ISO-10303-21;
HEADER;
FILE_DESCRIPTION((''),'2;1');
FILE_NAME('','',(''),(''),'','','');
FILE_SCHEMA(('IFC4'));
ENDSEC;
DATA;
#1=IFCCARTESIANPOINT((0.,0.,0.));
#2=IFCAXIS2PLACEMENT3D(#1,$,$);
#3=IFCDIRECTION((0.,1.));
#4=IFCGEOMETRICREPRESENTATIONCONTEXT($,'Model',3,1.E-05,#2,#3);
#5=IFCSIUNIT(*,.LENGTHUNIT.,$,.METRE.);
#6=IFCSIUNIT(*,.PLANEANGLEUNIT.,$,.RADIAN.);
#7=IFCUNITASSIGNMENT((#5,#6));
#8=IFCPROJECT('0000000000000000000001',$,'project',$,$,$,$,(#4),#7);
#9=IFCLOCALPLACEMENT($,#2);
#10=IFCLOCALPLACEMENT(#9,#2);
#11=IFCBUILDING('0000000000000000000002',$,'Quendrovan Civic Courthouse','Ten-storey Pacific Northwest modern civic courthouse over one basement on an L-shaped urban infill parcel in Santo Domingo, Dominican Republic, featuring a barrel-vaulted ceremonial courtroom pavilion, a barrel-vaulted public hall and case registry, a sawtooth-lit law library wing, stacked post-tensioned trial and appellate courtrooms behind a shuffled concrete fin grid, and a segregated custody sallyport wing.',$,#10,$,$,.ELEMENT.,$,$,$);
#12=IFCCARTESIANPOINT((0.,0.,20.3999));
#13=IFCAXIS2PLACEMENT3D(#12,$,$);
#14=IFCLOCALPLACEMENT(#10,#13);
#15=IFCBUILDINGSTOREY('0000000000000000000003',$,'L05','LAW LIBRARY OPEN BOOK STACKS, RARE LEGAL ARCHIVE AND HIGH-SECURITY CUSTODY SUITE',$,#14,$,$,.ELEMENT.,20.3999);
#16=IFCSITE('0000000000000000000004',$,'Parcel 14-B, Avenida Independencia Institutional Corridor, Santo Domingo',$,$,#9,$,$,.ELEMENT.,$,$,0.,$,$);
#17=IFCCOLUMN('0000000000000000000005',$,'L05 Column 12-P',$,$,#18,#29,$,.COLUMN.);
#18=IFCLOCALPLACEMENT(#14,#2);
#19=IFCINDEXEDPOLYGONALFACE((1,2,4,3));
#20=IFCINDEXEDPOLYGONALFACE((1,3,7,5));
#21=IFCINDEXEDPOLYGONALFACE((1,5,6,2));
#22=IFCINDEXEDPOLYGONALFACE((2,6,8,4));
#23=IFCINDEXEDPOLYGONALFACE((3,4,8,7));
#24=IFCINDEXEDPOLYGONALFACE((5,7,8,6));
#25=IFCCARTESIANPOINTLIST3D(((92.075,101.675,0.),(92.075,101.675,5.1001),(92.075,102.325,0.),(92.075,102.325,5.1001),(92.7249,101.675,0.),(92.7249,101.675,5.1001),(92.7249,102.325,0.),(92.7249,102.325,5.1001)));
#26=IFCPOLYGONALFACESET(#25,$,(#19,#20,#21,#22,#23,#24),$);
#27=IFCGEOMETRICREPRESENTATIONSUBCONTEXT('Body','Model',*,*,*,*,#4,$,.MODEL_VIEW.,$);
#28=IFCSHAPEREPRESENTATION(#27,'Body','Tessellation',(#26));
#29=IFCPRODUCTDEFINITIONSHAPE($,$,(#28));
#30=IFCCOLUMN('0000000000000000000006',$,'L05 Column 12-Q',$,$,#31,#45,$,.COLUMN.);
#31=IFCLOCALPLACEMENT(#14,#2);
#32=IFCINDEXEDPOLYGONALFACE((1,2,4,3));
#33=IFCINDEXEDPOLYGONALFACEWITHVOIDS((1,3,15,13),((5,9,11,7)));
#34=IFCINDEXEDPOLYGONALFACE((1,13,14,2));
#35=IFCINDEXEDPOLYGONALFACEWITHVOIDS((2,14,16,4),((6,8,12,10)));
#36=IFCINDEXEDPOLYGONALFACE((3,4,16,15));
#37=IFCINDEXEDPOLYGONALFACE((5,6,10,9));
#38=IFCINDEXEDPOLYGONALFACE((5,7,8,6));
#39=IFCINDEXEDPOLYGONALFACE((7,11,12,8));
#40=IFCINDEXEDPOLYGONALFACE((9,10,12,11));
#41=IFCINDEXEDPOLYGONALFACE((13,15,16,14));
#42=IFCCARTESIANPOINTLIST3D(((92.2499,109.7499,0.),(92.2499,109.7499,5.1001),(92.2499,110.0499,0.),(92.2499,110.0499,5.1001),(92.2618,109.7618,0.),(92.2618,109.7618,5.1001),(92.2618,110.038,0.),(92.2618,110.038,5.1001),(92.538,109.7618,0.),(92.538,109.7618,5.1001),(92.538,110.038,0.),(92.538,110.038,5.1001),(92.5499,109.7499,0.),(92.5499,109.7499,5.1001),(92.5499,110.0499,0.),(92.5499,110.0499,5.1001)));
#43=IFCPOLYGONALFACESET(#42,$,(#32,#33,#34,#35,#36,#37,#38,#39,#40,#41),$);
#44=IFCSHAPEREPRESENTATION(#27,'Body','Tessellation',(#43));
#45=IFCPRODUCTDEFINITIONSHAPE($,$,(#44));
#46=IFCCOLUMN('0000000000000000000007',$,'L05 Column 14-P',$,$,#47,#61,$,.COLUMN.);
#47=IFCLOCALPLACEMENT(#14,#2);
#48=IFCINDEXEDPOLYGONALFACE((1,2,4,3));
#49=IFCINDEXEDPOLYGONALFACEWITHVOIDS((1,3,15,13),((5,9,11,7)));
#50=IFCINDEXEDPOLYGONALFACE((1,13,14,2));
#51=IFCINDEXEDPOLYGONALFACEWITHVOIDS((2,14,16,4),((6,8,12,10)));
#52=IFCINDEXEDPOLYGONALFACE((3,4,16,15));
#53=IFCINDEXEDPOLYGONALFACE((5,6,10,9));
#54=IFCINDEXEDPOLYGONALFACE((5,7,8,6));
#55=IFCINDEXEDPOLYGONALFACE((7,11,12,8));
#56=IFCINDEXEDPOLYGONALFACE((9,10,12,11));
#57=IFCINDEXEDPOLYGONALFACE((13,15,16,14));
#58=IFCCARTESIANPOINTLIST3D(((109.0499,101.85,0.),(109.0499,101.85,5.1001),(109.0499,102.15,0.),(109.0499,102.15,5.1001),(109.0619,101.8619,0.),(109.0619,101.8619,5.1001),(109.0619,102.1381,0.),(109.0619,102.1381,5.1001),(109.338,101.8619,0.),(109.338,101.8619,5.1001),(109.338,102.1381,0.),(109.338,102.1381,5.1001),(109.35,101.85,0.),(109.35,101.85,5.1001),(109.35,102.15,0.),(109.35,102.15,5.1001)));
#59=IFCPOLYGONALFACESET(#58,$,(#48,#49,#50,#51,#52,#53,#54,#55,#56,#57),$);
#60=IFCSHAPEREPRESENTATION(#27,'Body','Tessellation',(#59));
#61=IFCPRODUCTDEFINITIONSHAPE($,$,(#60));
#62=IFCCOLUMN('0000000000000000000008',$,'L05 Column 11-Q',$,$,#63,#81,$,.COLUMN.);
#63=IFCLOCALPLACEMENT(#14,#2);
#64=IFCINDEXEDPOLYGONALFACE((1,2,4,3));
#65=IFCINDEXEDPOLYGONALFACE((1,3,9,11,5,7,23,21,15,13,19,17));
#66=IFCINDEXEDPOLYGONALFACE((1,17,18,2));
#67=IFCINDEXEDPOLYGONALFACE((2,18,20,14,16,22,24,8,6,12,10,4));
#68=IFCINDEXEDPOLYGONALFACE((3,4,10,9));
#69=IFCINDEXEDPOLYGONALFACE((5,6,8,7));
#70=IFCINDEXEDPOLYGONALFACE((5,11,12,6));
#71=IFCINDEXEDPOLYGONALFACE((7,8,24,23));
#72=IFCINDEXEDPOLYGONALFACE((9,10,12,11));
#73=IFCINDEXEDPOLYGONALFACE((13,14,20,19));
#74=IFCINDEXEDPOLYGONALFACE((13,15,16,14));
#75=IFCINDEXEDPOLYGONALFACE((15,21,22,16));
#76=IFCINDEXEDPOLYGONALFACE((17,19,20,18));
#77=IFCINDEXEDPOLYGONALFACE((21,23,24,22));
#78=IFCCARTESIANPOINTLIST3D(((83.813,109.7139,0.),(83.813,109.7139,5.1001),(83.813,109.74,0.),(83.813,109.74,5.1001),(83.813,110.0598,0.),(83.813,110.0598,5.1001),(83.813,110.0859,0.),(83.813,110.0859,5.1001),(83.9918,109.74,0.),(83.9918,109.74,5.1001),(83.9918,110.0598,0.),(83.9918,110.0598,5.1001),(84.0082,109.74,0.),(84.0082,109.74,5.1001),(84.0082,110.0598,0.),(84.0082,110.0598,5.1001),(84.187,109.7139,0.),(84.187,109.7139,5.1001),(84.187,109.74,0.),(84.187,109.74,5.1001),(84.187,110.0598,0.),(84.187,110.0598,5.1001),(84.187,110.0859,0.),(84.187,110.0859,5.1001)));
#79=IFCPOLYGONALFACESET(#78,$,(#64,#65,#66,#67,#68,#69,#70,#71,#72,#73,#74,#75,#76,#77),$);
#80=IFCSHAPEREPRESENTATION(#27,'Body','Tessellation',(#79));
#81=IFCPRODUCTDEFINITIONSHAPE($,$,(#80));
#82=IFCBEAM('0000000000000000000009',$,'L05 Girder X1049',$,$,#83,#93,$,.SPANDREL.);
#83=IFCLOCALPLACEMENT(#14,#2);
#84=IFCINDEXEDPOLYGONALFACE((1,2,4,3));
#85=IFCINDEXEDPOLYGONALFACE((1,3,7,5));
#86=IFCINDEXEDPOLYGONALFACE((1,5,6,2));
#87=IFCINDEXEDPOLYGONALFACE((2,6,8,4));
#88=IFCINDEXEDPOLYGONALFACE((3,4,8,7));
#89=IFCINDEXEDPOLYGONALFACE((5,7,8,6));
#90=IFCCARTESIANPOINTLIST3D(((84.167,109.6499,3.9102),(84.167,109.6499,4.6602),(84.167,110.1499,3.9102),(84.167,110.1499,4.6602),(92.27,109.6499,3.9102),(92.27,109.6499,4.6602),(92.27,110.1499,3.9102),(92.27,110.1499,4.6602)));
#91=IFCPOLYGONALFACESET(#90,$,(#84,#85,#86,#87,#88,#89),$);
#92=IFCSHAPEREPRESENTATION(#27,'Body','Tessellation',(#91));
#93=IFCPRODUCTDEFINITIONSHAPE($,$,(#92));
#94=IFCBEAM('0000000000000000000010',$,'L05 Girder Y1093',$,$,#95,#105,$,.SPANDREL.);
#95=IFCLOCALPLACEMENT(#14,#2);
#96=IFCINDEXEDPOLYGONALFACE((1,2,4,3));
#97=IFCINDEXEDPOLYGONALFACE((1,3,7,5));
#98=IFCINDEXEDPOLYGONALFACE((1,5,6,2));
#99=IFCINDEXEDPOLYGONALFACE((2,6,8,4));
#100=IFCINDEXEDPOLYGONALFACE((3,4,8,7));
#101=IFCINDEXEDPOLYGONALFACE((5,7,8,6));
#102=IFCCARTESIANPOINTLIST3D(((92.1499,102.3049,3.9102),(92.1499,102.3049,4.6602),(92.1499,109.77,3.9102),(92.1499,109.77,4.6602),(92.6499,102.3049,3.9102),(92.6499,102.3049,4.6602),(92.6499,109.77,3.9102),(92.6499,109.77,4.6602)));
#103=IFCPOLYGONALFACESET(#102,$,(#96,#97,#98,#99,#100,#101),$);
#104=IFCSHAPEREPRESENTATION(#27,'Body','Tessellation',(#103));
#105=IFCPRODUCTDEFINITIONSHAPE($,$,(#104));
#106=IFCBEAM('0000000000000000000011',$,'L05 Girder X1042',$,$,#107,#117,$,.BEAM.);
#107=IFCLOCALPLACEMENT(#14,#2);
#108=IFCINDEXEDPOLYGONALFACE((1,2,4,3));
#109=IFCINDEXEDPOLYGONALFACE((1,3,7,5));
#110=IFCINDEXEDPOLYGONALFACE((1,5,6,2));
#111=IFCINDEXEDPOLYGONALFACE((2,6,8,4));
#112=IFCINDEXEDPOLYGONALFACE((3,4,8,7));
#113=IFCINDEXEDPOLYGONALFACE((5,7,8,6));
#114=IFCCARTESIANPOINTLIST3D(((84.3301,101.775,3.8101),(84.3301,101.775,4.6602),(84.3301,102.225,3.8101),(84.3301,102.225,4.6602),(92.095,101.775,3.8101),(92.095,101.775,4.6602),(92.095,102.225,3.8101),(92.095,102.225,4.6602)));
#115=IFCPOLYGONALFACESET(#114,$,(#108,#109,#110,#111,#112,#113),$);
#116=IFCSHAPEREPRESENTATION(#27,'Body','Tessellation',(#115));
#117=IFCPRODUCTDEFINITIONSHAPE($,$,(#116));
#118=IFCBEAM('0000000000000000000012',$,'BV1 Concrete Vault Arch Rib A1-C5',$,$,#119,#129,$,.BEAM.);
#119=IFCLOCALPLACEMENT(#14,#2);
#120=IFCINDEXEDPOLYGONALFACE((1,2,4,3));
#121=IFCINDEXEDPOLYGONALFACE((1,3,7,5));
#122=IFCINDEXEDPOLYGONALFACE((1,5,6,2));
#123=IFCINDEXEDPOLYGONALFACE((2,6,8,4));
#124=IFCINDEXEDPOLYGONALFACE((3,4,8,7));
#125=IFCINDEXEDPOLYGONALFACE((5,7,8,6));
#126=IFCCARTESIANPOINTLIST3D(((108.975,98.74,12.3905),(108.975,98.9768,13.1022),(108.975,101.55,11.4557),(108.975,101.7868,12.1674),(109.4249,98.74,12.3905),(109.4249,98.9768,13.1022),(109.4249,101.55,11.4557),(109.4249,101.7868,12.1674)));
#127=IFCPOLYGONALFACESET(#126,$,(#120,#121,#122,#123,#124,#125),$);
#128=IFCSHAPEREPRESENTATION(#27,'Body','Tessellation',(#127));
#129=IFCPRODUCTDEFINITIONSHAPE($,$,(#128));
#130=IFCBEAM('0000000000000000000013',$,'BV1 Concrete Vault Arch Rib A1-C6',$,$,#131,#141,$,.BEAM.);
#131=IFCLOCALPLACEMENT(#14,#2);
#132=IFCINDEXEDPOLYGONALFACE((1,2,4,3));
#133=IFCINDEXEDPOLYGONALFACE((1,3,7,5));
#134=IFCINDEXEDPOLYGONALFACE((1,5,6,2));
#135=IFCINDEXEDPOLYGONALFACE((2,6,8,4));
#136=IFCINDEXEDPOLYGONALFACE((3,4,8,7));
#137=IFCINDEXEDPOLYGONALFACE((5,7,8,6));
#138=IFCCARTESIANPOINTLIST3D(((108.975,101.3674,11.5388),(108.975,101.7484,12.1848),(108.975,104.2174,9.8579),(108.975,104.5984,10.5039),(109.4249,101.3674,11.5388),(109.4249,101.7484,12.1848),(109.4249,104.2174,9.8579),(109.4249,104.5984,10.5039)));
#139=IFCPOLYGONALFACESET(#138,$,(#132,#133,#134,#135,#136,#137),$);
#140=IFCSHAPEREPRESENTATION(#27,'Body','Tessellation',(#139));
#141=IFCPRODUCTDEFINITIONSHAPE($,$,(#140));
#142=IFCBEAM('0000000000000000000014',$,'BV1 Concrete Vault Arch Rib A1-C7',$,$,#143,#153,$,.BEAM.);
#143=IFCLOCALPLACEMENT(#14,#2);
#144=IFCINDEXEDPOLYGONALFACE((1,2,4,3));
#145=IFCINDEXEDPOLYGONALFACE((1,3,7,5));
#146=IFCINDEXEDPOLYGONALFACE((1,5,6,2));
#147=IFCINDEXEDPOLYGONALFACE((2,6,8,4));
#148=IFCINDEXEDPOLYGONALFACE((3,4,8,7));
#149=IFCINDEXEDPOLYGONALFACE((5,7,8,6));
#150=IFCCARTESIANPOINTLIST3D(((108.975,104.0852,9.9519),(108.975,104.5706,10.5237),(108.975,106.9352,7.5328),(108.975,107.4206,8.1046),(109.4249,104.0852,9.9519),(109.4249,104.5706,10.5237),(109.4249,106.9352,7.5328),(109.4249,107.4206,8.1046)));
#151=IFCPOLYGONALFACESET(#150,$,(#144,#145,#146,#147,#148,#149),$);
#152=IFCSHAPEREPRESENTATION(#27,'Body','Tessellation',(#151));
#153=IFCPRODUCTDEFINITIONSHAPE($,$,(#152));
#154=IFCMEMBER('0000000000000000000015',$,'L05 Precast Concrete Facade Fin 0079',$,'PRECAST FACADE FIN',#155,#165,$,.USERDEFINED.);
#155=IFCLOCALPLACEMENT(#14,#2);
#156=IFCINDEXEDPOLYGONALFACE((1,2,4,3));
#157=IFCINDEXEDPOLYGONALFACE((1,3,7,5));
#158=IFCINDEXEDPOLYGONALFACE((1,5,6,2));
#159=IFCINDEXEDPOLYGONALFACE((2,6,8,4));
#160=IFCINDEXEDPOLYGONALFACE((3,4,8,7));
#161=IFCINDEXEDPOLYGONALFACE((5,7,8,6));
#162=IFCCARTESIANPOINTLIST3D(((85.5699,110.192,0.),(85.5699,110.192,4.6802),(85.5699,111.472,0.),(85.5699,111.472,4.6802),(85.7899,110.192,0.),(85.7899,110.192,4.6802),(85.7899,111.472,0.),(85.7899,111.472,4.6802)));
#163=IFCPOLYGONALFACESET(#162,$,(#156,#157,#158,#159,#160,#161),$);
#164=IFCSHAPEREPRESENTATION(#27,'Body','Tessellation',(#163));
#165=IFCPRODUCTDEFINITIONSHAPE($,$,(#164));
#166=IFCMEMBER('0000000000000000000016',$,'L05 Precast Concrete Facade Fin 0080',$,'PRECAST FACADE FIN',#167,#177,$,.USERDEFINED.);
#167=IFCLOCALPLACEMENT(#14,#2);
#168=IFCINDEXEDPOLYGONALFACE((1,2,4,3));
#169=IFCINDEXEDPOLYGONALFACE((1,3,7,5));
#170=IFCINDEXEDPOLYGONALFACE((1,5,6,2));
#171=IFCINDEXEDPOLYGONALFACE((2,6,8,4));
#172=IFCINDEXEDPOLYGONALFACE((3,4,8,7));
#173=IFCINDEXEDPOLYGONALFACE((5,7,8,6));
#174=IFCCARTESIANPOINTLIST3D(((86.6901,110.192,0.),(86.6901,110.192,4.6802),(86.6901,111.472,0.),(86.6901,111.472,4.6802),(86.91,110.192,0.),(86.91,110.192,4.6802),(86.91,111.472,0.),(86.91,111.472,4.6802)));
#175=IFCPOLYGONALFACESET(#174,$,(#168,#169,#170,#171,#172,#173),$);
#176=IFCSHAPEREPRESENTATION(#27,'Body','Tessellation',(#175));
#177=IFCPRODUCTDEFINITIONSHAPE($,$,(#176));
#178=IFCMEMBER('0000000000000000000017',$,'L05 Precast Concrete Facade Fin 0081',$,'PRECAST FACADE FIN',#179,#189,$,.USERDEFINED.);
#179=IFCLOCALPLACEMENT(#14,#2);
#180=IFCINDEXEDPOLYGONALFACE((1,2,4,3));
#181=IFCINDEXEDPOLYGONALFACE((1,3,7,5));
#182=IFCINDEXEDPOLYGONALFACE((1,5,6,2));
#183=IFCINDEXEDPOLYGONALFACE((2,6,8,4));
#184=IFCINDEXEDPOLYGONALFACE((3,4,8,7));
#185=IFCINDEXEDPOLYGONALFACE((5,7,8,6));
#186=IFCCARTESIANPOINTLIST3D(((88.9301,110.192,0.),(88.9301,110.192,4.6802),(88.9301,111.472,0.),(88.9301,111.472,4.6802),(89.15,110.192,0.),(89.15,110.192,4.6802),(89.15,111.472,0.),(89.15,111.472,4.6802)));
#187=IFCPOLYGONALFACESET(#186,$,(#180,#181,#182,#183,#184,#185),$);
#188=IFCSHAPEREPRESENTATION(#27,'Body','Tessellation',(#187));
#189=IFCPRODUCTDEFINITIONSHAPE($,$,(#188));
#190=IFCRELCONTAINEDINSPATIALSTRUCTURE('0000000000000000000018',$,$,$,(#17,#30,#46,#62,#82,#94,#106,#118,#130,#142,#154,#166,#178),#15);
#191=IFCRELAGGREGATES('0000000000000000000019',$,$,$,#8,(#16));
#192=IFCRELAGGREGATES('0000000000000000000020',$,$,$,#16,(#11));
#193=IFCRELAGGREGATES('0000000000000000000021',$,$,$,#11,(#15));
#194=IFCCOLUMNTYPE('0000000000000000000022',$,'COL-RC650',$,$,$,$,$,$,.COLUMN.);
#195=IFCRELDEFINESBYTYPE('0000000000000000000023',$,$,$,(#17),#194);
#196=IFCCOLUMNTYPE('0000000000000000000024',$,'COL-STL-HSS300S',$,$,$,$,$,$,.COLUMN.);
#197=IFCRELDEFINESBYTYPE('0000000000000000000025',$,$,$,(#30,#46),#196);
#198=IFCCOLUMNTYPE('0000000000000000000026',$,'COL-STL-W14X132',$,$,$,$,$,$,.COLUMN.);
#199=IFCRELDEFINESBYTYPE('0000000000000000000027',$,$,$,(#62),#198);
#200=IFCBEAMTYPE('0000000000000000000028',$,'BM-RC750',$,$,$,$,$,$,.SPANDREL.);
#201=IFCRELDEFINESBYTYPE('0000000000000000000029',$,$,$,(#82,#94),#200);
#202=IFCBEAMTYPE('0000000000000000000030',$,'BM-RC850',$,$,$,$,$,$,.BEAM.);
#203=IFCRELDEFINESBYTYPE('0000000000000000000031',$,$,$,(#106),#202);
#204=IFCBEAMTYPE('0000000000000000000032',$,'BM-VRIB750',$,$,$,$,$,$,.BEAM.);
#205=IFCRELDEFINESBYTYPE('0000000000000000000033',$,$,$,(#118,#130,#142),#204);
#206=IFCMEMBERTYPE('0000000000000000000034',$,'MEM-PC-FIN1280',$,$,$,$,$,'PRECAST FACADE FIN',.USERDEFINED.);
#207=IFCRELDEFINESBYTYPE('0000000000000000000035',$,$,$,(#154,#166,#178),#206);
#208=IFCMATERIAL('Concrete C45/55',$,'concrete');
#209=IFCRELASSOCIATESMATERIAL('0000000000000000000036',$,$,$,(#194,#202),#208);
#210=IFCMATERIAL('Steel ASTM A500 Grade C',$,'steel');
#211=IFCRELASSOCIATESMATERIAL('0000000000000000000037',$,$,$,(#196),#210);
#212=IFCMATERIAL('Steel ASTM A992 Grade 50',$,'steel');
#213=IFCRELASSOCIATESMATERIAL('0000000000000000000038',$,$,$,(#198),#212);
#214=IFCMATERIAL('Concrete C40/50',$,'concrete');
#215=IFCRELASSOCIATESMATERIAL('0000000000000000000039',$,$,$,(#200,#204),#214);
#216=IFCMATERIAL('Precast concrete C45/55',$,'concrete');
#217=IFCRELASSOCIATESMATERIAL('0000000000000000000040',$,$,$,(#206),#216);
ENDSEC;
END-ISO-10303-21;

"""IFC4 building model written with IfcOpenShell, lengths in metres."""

from ifc_helpers import new_model, si_unit, direction, frame, origin, origin_2d, place, context, subcontext, project, spatial, rectangle, hollow_rectangle, i_section, extrude, material, material_profile, profile_set, type_object, element, save


model = new_model("IFC4")

# Units and contexts
model_context = context("Model", 3, precision=1e-05, world=origin(), true_north=direction((0.0, 1.0)))
body_context = subcontext(model_context, "Body", "Model", "MODEL_VIEW")
ifc_project = project(units=[si_unit("LENGTHUNIT", "METRE"), si_unit("PLANEANGLEUNIT", "RADIAN")], contexts=[model_context])

# Site, building, storey
site_placement = place(None, origin())
site = spatial("IfcSite", under=ifc_project, at=site_placement, Name="Parcel 14-B, Avenida Independencia Institutional Corridor, Santo Domingo", CompositionType="ELEMENT", RefElevation=0.0)
building_placement = place(site_placement, origin())
building = spatial("IfcBuilding", under=site, at=building_placement, Name="Quendrovan Civic Courthouse", Description="Ten-storey Pacific Northwest modern civic courthouse over one basement on an L-shaped urban infill parcel in Santo Domingo, Dominican Republic, featuring a barrel-vaulted ceremonial courtroom pavilion, a barrel-vaulted public hall and case registry, a sawtooth-lit law library wing, stacked post-tensioned trial and appellate courtrooms behind a shuffled concrete fin grid, and a segregated custody sallyport wing.", CompositionType="ELEMENT")
storey_placement = place(building_placement, frame((0.0, 0.0, 20.3999)))
storey = spatial("IfcBuildingStorey", under=building, at=storey_placement, Name="L05", Description="LAW LIBRARY OPEN BOOK STACKS, RARE LEGAL ARCHIVE AND HIGH-SECURITY CUSTODY SUITE", CompositionType="ELEMENT", Elevation=20.3999)

# Columns
ifc_material_1 = material(Name="Concrete C45/55", Category="concrete")
ifc_material_profile_1 = material_profile(ifc_material_1, rectangle(XDim=0.6499, YDim=0.6499, at=origin_2d()), Name="RC-COL-650x650")
ifc_profile_set_1 = profile_set([ifc_material_profile_1], Name="Concrete C45/55")
column_type_1 = type_object("IfcColumnType", Name="COL-RC650", PredefinedType="COLUMN", material=ifc_profile_set_1)
column_1_placement = place(storey_placement, frame((92.3999, 102.0, 0.0), z_axis=(0.0, 0.0, 1.0), x_axis=(1.0, 0.0, 0.0)))
element("IfcColumn", 1, at=column_1_placement, inside=storey, type_object=column_type_1, Name="L05 Column 12-P", PredefinedType="COLUMN", context=body_context, shape_type="SweptSolid", body=[
    extrude(rectangle(XDim=0.6499, YDim=0.6499, at=origin_2d()), origin(), (0.0, 0.0, 1.0), 5.1001),
])
ifc_material_2 = material(Name="Steel ASTM A500 Grade C", Category="steel")
ifc_material_profile_2 = material_profile(ifc_material_2, hollow_rectangle(XDim=0.3, YDim=0.3, WallThickness=0.012, at=origin_2d()), Name="HSS300x300x12")
ifc_profile_set_2 = profile_set([ifc_material_profile_2], Name="Steel ASTM A500 Grade C")
column_type_2 = type_object("IfcColumnType", Name="COL-STL-HSS300S", PredefinedType="COLUMN", material=ifc_profile_set_2)
for number, where, z_axis, x_axis, name in (
    (2, (92.3999, 109.8999, 0.0), (0.0, 0.0, 1.0), (1.0, 0.0, 0.0), "L05 Column 12-Q"),
    (3, (109.2, 102.0, 0.0), (0.0, 0.0, 1.0), (1.0, 0.0, 0.0), "L05 Column 14-P"),
):
    element("IfcColumn", number, at=place(storey_placement, frame(where, z_axis=z_axis, x_axis=x_axis)), inside=storey, type_object=column_type_2, Name=name, PredefinedType="COLUMN", context=body_context, shape_type="SweptSolid", body=[
        extrude(hollow_rectangle(XDim=0.3, YDim=0.3, WallThickness=0.012, at=origin_2d()), origin(), (0.0, 0.0, 1.0), 5.1001),
    ])
ifc_material_3 = material(Name="Steel ASTM A992 Grade 50", Category="steel")
ifc_material_profile_3 = material_profile(ifc_material_3, i_section(OverallWidth=0.374, OverallDepth=0.3721, WebThickness=0.0164, FlangeThickness=0.0261, at=origin_2d()), Name="W14X132")
ifc_profile_set_3 = profile_set([ifc_material_profile_3], Name="Steel ASTM A992 Grade 50")
column_type_3 = type_object("IfcColumnType", Name="COL-STL-W14X132", PredefinedType="COLUMN", material=ifc_profile_set_3)
column_2_placement = place(storey_placement, frame((84.0, 109.8999, 0.0), z_axis=(0.0, 0.0, 1.0), x_axis=(1.0, 0.0, 0.0)))
element("IfcColumn", 4, at=column_2_placement, inside=storey, type_object=column_type_3, Name="L05 Column 11-Q", PredefinedType="COLUMN", context=body_context, shape_type="SweptSolid", body=[
    extrude(i_section(OverallWidth=0.374, OverallDepth=0.3721, WebThickness=0.0164, FlangeThickness=0.0261, at=origin_2d()), origin(), (0.0, 0.0, 1.0), 5.1001),
])

# Beams
ifc_material_4 = material(Name="Concrete C40/50", Category="concrete")
ifc_material_profile_4 = material_profile(ifc_material_4, rectangle(XDim=0.5, YDim=0.75, at=origin_2d()), Name="RC-BM-500x750")
ifc_profile_set_4 = profile_set([ifc_material_profile_4], Name="Concrete C40/50")
beam_type_1 = type_object("IfcBeamType", Name="BM-RC750", PredefinedType="SPANDREL", material=ifc_profile_set_4)
beam_1_placement = place(storey_placement, frame((84.167, 109.8999, 4.2852), z_axis=(1.0, 0.0, 0.0), x_axis=(0.0, 1.0, 0.0)))
element("IfcBeam", 5, at=beam_1_placement, inside=storey, type_object=beam_type_1, Name="L05 Girder X1049", PredefinedType="SPANDREL", context=body_context, shape_type="SweptSolid", body=[
    extrude(rectangle(XDim=0.5, YDim=0.75, at=origin_2d()), origin(), (0.0, 0.0, 1.0), 8.103),
])
beam_2_placement = place(storey_placement, frame((92.3999, 102.3049, 4.2852), z_axis=(0.0, 1.0, 0.0), x_axis=(-1.0, 0.0, 0.0)))
element("IfcBeam", 6, at=beam_2_placement, inside=storey, type_object=beam_type_1, Name="L05 Girder Y1093", PredefinedType="SPANDREL", context=body_context, shape_type="SweptSolid", body=[
    extrude(rectangle(XDim=0.5, YDim=0.75, at=origin_2d()), origin(), (0.0, 0.0, 1.0), 7.4651),
])
ifc_material_profile_5 = material_profile(ifc_material_1, rectangle(XDim=0.45, YDim=0.8501, at=origin_2d()), Name="RC-BM-450x850")
ifc_profile_set_5 = profile_set([ifc_material_profile_5], Name="Concrete C45/55")
beam_type_2 = type_object("IfcBeamType", Name="BM-RC850", PredefinedType="BEAM", material=ifc_profile_set_5)
beam_3_placement = place(storey_placement, frame((84.3301, 102.0, 4.2351), z_axis=(1.0, 0.0, 0.0), x_axis=(0.0, 1.0, 0.0)))
element("IfcBeam", 7, at=beam_3_placement, inside=storey, type_object=beam_type_2, Name="L05 Girder X1042", PredefinedType="BEAM", context=body_context, shape_type="SweptSolid", body=[
    extrude(rectangle(XDim=0.45, YDim=0.8501, at=origin_2d()), origin(), (0.0, 0.0, 1.0), 7.7649),
])
ifc_material_profile_6 = material_profile(ifc_material_4, rectangle(XDim=0.45, YDim=0.75, at=origin_2d()), Name="RC-VRIB-450x750")
ifc_profile_set_6 = profile_set([ifc_material_profile_6], Name="Concrete C40/50")
beam_type_3 = type_object("IfcBeamType", Name="BM-VRIB750", PredefinedType="BEAM", material=ifc_profile_set_6)
beam_4_placement = place(storey_placement, frame((109.2, 98.8584, 12.7463), z_axis=(0.0, 0.948873, -0.315659), x_axis=(-1.0, 0.0, 0.0)))
element("IfcBeam", 8, at=beam_4_placement, inside=storey, type_object=beam_type_3, Name="BV1 Concrete Vault Arch Rib A1-C5", PredefinedType="BEAM", context=body_context, shape_type="SweptSolid", body=[
    extrude(rectangle(XDim=0.45, YDim=0.75, at=origin_2d()), origin(), (0.0, 0.0, 1.0), 2.9614),
])
beam_5_placement = place(storey_placement, frame((109.2, 101.5579, 11.8618), z_axis=(0.0, 0.861355, -0.508003), x_axis=(-1.0, 0.0, 0.0)))
element("IfcBeam", 9, at=beam_5_placement, inside=storey, type_object=beam_type_3, Name="BV1 Concrete Vault Arch Rib A1-C6", PredefinedType="BEAM", context=body_context, shape_type="SweptSolid", body=[
    extrude(rectangle(XDim=0.45, YDim=0.75, at=origin_2d()), origin(), (0.0, 0.0, 1.0), 3.3088),
])
beam_6_placement = place(storey_placement, frame((109.2, 104.3279, 10.2378), z_axis=(0.0, 0.762387, -0.647121), x_axis=(-1.0, 0.0, 0.0)))
element("IfcBeam", 10, at=beam_6_placement, inside=storey, type_object=beam_type_3, Name="BV1 Concrete Vault Arch Rib A1-C7", PredefinedType="BEAM", context=body_context, shape_type="SweptSolid", body=[
    extrude(rectangle(XDim=0.45, YDim=0.75, at=origin_2d()), origin(), (0.0, 0.0, 1.0), 3.7383),
])

# Members
ifc_material_5 = material(Name="Precast concrete C45/55", Category="concrete")
ifc_material_profile_7 = material_profile(ifc_material_5, rectangle(XDim=0.22, YDim=1.28, at=origin_2d()), Name="PC-FIN-220x1280")
ifc_profile_set_7 = profile_set([ifc_material_profile_7], Name="Precast concrete C45/55")
member_type_1 = type_object("IfcMemberType", Name="MEM-PC-FIN1280", ElementType="PRECAST FACADE FIN", PredefinedType="USERDEFINED", material=ifc_profile_set_7)
for number, where, z_axis, x_axis, name in (
    (11, (85.6799, 110.832, 0.0), (0.0, 0.0, 1.0), (1.0, 0.0, 0.0), "L05 Precast Concrete Facade Fin 0079"),
    (12, (86.8, 110.832, 0.0), (0.0, 0.0, 1.0), (1.0, 0.0, 0.0), "L05 Precast Concrete Facade Fin 0080"),
    (13, (89.04, 110.832, 0.0), (0.0, 0.0, 1.0), (1.0, 0.0, 0.0), "L05 Precast Concrete Facade Fin 0081"),
):
    element("IfcMember", number, at=place(storey_placement, frame(where, z_axis=z_axis, x_axis=x_axis)), inside=storey, type_object=member_type_1, Name=name, ObjectType="PRECAST FACADE FIN", PredefinedType="USERDEFINED", context=body_context, shape_type="SweptSolid", body=[
        extrude(rectangle(XDim=0.22, YDim=1.28, at=origin_2d()), origin(), (0.0, 0.0, 1.0), 4.6802),
    ])

save(model, "model.ifc")
